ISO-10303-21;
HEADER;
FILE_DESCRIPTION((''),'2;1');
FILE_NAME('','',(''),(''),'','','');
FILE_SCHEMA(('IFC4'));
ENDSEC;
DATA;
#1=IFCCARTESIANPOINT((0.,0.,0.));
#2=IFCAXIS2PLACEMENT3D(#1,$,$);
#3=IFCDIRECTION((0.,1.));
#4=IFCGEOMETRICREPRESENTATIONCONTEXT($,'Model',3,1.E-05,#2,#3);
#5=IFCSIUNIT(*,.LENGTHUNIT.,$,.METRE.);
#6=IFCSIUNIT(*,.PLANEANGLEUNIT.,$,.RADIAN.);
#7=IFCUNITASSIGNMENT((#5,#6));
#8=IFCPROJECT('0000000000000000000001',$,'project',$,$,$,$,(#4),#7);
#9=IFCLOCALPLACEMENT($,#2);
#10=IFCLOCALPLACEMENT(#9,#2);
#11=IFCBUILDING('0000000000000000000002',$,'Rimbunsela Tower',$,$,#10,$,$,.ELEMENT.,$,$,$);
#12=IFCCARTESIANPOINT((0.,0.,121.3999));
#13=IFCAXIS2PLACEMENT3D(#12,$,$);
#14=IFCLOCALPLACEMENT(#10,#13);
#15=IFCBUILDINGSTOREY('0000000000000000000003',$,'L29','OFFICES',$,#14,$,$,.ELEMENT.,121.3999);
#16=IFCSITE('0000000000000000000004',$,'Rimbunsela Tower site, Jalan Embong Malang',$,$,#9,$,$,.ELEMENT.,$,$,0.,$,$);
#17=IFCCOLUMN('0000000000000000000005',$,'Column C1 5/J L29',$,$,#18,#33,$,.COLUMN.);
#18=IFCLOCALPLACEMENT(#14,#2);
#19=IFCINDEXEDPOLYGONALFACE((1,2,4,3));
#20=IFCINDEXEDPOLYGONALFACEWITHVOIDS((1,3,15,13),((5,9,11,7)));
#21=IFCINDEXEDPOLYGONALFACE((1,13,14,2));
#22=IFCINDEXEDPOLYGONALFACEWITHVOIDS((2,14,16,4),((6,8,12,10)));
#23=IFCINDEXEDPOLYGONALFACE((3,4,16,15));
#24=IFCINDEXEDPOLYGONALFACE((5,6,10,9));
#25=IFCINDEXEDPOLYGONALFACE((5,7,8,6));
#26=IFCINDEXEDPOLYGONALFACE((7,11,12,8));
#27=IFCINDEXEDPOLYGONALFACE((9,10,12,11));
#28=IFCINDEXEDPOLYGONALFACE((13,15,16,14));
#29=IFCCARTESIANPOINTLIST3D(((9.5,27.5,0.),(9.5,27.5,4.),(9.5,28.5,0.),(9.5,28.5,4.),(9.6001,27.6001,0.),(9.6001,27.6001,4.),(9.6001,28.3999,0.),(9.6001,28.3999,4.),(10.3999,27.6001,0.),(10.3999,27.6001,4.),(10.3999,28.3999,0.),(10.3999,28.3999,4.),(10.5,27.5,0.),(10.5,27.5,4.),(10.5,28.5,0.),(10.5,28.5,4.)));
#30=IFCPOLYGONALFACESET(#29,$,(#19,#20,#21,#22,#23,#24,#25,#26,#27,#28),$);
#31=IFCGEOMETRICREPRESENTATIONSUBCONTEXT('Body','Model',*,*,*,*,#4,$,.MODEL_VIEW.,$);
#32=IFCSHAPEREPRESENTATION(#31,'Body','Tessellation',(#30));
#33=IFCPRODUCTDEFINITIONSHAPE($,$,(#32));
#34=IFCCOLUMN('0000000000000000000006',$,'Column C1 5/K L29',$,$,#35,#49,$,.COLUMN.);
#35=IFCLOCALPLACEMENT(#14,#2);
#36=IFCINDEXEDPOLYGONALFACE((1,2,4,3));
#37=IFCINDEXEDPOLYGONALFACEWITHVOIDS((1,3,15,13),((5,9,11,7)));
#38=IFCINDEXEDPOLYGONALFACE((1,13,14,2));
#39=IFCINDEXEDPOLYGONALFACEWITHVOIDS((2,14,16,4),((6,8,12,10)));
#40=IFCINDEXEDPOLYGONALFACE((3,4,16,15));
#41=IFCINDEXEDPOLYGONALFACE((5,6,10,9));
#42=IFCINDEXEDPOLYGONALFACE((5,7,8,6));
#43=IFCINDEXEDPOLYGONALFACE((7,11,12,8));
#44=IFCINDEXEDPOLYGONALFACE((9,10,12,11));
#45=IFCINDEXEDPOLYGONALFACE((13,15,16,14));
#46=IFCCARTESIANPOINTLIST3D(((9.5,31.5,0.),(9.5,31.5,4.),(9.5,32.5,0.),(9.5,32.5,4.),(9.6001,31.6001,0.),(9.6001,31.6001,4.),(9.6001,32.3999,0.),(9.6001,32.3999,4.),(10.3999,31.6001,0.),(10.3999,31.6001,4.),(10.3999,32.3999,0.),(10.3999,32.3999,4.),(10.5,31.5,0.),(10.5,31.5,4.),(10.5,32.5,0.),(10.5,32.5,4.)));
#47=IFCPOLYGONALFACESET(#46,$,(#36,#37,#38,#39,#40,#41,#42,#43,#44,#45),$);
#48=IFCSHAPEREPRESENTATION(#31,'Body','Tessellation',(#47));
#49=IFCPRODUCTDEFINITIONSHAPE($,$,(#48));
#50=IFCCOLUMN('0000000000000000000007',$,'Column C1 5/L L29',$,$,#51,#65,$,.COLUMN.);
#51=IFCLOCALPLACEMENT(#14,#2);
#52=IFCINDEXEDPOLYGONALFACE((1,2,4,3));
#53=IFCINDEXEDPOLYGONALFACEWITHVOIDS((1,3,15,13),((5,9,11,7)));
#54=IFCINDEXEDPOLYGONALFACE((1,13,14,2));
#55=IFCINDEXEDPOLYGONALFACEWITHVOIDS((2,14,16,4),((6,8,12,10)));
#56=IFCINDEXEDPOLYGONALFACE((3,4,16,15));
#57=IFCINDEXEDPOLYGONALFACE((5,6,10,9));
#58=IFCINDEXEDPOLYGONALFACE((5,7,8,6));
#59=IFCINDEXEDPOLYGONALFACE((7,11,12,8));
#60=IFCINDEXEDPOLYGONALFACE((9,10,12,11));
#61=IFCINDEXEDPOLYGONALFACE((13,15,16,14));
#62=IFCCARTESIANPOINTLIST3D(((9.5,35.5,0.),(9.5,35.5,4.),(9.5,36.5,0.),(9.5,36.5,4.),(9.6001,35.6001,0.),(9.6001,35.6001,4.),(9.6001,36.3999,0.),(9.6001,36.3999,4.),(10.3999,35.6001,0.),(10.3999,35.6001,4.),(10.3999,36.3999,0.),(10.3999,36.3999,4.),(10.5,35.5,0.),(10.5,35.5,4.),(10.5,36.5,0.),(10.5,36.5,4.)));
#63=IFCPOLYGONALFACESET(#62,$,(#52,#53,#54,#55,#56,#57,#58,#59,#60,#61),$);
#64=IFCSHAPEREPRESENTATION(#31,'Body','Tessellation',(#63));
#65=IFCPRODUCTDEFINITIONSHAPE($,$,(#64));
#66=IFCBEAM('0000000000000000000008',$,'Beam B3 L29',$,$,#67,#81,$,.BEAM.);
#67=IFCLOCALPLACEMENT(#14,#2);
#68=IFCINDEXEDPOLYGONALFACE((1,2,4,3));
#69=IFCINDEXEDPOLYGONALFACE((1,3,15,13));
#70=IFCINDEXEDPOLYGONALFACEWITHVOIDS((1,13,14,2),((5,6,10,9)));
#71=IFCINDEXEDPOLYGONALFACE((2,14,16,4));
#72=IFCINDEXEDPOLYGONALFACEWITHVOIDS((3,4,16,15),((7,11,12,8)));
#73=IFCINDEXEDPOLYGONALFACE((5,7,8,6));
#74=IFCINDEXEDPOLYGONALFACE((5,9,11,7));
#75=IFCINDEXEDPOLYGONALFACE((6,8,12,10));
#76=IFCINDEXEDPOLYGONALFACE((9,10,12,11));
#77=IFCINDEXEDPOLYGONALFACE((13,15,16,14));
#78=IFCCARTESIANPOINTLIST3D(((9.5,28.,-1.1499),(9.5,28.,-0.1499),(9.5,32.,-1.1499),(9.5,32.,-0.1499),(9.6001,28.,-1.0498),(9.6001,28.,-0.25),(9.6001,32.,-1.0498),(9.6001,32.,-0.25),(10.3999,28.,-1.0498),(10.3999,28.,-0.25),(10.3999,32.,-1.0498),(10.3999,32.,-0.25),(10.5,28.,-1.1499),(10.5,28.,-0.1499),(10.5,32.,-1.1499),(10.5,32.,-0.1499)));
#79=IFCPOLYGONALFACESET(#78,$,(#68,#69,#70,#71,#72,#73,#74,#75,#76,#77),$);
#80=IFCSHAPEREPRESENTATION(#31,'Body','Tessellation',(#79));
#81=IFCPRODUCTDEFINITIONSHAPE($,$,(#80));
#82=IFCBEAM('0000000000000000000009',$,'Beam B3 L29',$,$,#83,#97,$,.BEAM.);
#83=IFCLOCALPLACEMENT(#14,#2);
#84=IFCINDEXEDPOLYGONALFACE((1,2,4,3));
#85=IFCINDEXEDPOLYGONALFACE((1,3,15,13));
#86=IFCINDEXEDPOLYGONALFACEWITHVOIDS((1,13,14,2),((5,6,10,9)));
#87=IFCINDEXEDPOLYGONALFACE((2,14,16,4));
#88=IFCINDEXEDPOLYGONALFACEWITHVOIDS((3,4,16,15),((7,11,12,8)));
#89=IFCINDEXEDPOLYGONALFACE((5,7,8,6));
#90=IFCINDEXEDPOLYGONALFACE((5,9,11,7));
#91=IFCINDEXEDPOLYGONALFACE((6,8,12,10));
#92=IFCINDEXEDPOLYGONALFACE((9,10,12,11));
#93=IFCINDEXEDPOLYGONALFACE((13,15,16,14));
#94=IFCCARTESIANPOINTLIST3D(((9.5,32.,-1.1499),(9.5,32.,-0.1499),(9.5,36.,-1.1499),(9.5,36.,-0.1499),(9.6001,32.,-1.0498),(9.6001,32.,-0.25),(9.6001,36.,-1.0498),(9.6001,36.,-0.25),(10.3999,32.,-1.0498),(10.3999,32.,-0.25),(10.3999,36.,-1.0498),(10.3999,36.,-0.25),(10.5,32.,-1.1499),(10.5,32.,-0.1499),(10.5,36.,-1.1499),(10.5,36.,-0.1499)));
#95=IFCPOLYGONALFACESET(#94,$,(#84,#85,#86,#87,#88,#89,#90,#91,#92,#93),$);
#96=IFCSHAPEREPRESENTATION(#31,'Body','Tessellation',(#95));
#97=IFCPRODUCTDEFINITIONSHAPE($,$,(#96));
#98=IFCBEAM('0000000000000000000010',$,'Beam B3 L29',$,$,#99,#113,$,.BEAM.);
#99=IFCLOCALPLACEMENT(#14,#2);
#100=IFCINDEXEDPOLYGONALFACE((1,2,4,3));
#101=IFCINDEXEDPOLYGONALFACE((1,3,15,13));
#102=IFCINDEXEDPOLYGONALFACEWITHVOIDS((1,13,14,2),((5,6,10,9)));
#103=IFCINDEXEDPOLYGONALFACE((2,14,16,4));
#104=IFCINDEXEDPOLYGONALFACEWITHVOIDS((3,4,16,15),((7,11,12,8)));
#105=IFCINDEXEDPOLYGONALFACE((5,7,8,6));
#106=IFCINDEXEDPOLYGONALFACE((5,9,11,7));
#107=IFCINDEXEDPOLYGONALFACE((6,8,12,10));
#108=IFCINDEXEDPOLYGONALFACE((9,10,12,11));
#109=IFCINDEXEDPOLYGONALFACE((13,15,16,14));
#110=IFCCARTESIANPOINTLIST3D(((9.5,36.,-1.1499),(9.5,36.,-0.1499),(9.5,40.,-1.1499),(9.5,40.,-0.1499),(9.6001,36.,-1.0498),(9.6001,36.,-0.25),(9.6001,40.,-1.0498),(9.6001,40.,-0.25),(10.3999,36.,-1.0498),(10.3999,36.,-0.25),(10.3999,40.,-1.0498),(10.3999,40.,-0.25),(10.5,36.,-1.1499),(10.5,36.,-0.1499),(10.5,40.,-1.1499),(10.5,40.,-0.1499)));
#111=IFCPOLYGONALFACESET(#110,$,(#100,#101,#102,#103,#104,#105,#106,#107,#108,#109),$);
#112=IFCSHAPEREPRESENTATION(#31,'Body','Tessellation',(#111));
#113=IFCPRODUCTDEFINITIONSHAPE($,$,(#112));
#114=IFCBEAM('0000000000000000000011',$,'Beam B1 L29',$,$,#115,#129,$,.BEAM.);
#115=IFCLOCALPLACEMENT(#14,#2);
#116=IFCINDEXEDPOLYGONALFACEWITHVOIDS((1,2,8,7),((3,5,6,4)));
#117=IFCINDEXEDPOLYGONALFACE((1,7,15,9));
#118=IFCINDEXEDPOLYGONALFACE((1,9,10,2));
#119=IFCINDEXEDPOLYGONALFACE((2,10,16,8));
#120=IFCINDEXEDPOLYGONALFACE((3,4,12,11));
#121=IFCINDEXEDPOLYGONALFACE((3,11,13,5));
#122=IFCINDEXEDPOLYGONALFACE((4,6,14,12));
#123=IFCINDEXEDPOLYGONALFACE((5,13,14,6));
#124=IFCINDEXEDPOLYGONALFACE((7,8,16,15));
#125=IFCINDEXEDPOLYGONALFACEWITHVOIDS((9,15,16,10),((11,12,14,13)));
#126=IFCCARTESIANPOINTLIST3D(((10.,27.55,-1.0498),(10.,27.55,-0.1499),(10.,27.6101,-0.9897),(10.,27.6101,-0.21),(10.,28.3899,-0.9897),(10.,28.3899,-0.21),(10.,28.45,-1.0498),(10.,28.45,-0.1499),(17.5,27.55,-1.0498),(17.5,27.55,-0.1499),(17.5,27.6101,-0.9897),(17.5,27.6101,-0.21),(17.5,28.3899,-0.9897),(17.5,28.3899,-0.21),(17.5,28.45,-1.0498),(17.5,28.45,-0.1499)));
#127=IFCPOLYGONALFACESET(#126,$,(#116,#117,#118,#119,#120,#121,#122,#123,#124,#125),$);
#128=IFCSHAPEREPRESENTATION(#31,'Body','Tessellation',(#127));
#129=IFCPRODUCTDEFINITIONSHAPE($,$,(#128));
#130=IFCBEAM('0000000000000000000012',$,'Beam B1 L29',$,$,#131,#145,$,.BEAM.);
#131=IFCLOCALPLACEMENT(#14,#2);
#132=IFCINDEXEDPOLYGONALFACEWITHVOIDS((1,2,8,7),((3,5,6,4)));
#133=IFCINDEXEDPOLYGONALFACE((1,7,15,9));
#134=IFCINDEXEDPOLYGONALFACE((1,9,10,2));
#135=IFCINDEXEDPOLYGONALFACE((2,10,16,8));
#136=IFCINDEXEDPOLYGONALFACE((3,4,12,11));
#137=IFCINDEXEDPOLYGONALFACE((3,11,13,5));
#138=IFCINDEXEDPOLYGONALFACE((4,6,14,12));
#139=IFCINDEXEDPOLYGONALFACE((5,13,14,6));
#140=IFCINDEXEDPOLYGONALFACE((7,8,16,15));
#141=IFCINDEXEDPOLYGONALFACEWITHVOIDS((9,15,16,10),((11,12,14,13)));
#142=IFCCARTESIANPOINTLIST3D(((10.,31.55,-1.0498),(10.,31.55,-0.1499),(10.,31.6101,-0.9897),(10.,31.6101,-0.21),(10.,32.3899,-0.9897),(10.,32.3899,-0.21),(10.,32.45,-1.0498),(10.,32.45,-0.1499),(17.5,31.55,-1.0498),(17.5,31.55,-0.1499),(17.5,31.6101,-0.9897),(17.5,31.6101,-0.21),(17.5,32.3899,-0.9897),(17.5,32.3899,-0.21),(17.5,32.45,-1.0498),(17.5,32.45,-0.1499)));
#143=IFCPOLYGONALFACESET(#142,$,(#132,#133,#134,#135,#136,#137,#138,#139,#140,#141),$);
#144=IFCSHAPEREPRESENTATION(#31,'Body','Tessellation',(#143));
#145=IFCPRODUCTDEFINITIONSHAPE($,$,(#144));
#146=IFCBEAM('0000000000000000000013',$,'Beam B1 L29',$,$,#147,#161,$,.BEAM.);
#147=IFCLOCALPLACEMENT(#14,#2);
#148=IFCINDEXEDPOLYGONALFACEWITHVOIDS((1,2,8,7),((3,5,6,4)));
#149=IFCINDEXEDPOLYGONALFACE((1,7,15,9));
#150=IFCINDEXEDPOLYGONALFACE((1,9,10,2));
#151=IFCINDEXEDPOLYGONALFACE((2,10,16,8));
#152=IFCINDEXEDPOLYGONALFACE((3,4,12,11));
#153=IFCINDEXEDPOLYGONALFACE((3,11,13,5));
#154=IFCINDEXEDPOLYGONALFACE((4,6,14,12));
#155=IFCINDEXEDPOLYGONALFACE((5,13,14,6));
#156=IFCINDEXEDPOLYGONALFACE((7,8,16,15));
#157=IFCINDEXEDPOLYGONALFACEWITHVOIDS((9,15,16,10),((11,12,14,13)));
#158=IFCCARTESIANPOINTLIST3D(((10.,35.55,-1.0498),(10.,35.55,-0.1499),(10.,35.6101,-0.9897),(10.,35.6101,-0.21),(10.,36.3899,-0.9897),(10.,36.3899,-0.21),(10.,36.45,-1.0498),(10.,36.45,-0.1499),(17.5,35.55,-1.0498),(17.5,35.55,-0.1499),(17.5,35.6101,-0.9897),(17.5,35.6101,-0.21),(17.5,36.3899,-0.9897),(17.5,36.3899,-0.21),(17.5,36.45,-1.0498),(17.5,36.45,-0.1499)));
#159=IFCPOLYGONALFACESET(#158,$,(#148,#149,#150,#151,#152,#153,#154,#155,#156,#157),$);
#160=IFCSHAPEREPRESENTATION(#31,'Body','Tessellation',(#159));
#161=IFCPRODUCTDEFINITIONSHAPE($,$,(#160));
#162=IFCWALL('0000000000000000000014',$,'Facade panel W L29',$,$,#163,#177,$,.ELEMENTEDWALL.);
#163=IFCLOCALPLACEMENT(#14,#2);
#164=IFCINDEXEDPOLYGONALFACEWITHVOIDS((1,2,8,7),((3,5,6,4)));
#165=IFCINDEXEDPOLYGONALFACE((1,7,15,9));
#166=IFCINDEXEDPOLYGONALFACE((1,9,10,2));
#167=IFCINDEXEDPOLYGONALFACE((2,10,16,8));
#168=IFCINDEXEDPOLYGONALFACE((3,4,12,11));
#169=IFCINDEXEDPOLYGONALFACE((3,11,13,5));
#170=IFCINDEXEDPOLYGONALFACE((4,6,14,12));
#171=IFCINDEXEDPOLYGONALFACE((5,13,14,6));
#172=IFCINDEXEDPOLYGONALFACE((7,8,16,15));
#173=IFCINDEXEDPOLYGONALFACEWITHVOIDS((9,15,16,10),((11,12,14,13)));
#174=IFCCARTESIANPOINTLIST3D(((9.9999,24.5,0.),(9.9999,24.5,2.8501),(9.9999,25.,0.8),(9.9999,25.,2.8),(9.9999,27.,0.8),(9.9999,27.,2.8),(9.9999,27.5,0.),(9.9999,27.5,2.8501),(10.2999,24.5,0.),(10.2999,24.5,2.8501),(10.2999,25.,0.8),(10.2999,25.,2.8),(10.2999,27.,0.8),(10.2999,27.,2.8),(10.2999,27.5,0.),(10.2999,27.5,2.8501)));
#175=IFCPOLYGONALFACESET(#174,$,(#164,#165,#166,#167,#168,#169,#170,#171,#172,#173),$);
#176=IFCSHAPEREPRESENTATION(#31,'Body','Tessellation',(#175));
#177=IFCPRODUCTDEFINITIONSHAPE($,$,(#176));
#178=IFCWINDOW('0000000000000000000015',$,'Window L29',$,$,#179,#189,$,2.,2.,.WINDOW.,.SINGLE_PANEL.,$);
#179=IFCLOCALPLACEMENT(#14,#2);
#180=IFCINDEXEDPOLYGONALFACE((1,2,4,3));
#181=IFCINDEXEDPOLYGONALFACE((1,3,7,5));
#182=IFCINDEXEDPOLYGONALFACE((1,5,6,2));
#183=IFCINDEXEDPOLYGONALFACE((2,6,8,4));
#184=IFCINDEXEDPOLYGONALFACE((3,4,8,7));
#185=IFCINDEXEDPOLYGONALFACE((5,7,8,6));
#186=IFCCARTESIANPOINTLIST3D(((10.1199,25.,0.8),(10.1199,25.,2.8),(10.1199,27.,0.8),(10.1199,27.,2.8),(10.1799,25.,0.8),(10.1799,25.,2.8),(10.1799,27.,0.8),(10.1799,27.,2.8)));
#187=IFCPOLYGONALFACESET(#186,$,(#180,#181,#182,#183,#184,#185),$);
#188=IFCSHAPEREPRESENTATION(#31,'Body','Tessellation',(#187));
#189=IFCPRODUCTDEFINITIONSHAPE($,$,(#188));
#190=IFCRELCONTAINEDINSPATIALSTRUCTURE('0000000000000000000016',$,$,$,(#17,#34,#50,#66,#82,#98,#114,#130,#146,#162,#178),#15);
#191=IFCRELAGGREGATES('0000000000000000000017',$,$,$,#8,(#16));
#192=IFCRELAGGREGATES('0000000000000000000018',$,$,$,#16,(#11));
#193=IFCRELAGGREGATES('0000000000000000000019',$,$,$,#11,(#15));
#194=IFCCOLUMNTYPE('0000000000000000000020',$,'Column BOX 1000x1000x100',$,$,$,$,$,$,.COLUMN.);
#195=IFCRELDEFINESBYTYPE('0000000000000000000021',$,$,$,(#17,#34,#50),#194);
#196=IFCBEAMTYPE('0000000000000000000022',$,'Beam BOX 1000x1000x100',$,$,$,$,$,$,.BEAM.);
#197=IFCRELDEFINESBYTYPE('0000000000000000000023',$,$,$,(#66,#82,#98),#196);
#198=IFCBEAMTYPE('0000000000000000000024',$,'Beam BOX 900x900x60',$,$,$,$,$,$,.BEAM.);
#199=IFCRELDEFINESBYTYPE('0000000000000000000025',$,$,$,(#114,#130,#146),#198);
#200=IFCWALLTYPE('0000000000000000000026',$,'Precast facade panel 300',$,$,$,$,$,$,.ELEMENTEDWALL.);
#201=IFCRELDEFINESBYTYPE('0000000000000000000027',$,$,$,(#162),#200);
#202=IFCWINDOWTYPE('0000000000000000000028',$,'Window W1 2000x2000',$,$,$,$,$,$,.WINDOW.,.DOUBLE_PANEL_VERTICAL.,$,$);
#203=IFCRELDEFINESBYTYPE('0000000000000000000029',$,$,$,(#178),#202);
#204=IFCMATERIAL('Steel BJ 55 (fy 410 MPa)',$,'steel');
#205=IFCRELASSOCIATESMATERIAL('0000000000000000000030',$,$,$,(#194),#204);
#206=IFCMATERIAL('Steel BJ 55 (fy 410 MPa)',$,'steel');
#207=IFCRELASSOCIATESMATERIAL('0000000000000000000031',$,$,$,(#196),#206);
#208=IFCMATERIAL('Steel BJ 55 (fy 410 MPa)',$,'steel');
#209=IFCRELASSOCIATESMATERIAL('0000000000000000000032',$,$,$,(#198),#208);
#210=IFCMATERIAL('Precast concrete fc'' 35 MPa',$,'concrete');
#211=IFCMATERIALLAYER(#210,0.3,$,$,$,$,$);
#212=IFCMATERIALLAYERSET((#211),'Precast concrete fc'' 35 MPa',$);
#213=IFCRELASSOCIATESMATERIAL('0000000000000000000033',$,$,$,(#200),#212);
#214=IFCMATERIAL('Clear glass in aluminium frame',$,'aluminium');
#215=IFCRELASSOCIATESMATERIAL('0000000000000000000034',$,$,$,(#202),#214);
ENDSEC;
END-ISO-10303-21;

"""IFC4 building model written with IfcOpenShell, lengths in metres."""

from ifc_helpers import new_model, si_unit, direction, frame, frame_2d, origin, origin_2d, place, context, subcontext, project, spatial, rectangle, hollow_rectangle, extrude, material, layer, layer_set, material_profile, profile_set, type_object, element, fill, save


model = new_model("IFC4")

# Units and contexts
model_context = context("Model", 3, precision=1e-05, world=origin(), true_north=direction((0.0, 1.0)))
body_context = subcontext(model_context, "Body", "Model", "MODEL_VIEW")
ifc_project = project(units=[si_unit("LENGTHUNIT", "METRE"), si_unit("PLANEANGLEUNIT", "RADIAN")], contexts=[model_context])

# Site, building, storey
site_placement = place(None, origin())
site = spatial("IfcSite", under=ifc_project, at=site_placement, Name="Rimbunsela Tower site, Jalan Embong Malang", CompositionType="ELEMENT", RefElevation=0.0)
building_placement = place(site_placement, origin())
building = spatial("IfcBuilding", under=site, at=building_placement, Name="Rimbunsela Tower", CompositionType="ELEMENT")
storey_placement = place(building_placement, frame((0.0, 0.0, 121.3999)))
storey = spatial("IfcBuildingStorey", under=building, at=storey_placement, Name="L29", Description="OFFICES", CompositionType="ELEMENT", Elevation=121.3999)

# Columns
ifc_material_1 = material(Name="Steel BJ 55 (fy 410 MPa)", Category="steel")
ifc_material_profile_1 = material_profile(ifc_material_1, hollow_rectangle(XDim=1.0, YDim=1.0, WallThickness=0.1001, at=origin_2d()), Name="BOX 1000x1000x100")
ifc_profile_set_1 = profile_set([ifc_material_profile_1], Name="Steel BJ 55 (fy 410 MPa)")
column_type = type_object("IfcColumnType", Name="Column BOX 1000x1000x100", PredefinedType="COLUMN", material=ifc_profile_set_1)
for number, where, z_axis, x_axis, name in (
    (1, (10.0, 28.0, 0.0), (0.0, 0.0, 1.0), (1.0, 0.0, 0.0), "Column C1 5/J L29"),
    (2, (10.0, 32.0, 0.0), (0.0, 0.0, 1.0), (1.0, 0.0, 0.0), "Column C1 5/K L29"),
    (3, (10.0, 36.0, 0.0), (0.0, 0.0, 1.0), (1.0, 0.0, 0.0), "Column C1 5/L L29"),
):
    element("IfcColumn", number, at=place(storey_placement, frame(where, z_axis=z_axis, x_axis=x_axis)), inside=storey, type_object=column_type, Name=name, PredefinedType="COLUMN", context=body_context, shape_type="SweptSolid", body=[
        extrude(hollow_rectangle(XDim=1.0, YDim=1.0, WallThickness=0.1001, at=origin_2d()), origin(), (0.0, 0.0, 1.0), 4.0),
    ])

# Beams
ifc_material_2 = material(Name="Steel BJ 55 (fy 410 MPa)", Category="steel")
ifc_material_profile_2 = material_profile(ifc_material_2, hollow_rectangle(XDim=1.0, YDim=1.0, WallThickness=0.1001, at=origin_2d()), Name="BOX 1000x1000x100")
ifc_profile_set_2 = profile_set([ifc_material_profile_2], Name="Steel BJ 55 (fy 410 MPa)")
beam_type_1 = type_object("IfcBeamType", Name="Beam BOX 1000x1000x100", PredefinedType="BEAM", material=ifc_profile_set_2)
for number, where, z_axis, x_axis, name in (
    (4, (10.0, 28.0, -0.6499), (0.0, 1.0, 0.0), (-1.0, 0.0, 0.0), "Beam B3 L29"),
    (5, (10.0, 32.0, -0.6499), (0.0, 1.0, 0.0), (-1.0, 0.0, 0.0), "Beam B3 L29"),
    (6, (10.0, 36.0, -0.6499), (0.0, 1.0, 0.0), (-1.0, 0.0, 0.0), "Beam B3 L29"),
):
    element("IfcBeam", number, at=place(storey_placement, frame(where, z_axis=z_axis, x_axis=x_axis)), inside=storey, type_object=beam_type_1, Name=name, PredefinedType="BEAM", context=body_context, shape_type="SweptSolid", body=[
        extrude(hollow_rectangle(XDim=1.0, YDim=1.0, WallThickness=0.1001, at=origin_2d()), origin(), (0.0, 0.0, 1.0), 4.0),
    ])
ifc_material_3 = material(Name="Steel BJ 55 (fy 410 MPa)", Category="steel")
ifc_material_profile_3 = material_profile(ifc_material_3, hollow_rectangle(XDim=0.8999, YDim=0.8999, WallThickness=0.0601, at=origin_2d()), Name="BOX 900x900x60")
ifc_profile_set_3 = profile_set([ifc_material_profile_3], Name="Steel BJ 55 (fy 410 MPa)")
beam_type_2 = type_object("IfcBeamType", Name="Beam BOX 900x900x60", PredefinedType="BEAM", material=ifc_profile_set_3)
for number, where, z_axis, x_axis, name in (
    (7, (10.0, 28.0, -0.5999), (1.0, 0.0, 0.0), (0.0, 1.0, 0.0), "Beam B1 L29"),
    (8, (10.0, 32.0, -0.5999), (1.0, 0.0, 0.0), (0.0, 1.0, 0.0), "Beam B1 L29"),
    (9, (10.0, 36.0, -0.5999), (1.0, 0.0, 0.0), (0.0, 1.0, 0.0), "Beam B1 L29"),
):
    element("IfcBeam", number, at=place(storey_placement, frame(where, z_axis=z_axis, x_axis=x_axis)), inside=storey, type_object=beam_type_2, Name=name, PredefinedType="BEAM", context=body_context, shape_type="SweptSolid", body=[
        extrude(hollow_rectangle(XDim=0.8999, YDim=0.8999, WallThickness=0.0601, at=origin_2d()), origin(), (0.0, 0.0, 1.0), 7.5),
    ])

# Wall, opening, window
ifc_material_4 = material(Name="Precast concrete fc' 35 MPa", Category="concrete")
ifc_layer_1 = layer(ifc_material_4, 0.3)
ifc_layer_set_1 = layer_set([ifc_layer_1], Name="Precast concrete fc' 35 MPa")
wall_type = type_object("IfcWallType", Name="Precast facade panel 300", PredefinedType="ELEMENTEDWALL", material=ifc_layer_set_1)
wall_placement = place(storey_placement, frame((10.1499, 27.5, 0.0), z_axis=(0.0, 0.0, 1.0), x_axis=(0.0, -1.0, 0.0)))
wall = element("IfcWall", 10, at=wall_placement, inside=storey, type_object=wall_type, Name="Facade panel W L29", PredefinedType="ELEMENTEDWALL", context=body_context, shape_type="SweptSolid", body=[
    extrude(rectangle(XDim=3.0, YDim=0.3, at=frame_2d((1.5, 0.0))), origin(), (0.0, 0.0, 1.0), 2.8501),
])
opening_placement = place(wall_placement, frame((0.5, 0.0, 0.8)))
opening = element("IfcOpeningElement", 11, at=opening_placement, cuts=wall, PredefinedType="OPENING", context=body_context, shape_type="SweptSolid", body=[
    extrude(rectangle(XDim=2.0, YDim=2.0, at=frame_2d((1.0, 1.0))), frame((0.0, 0.1599, 0.0), z_axis=(0.0, -1.0, 0.0), x_axis=(1.0, 0.0, 0.0)), (0.0, 0.0, 1.0), 0.3201),
])
ifc_material_5 = material(Name="Clear glass in aluminium frame", Category="aluminium")
window_type = type_object("IfcWindowType", Name="Window W1 2000x2000", PartitioningType="DOUBLE_PANEL_VERTICAL", PredefinedType="WINDOW", material=ifc_material_5)
window_placement = place(opening_placement, origin())
window = element("IfcWindow", 12, at=window_placement, inside=storey, type_object=window_type, Name="Window L29", OverallHeight=2.0, OverallWidth=2.0, PartitioningType="SINGLE_PANEL", PredefinedType="WINDOW", context=body_context, shape_type="SweptSolid", body=[
    extrude(rectangle(XDim=2.0, YDim=2.0, at=frame_2d((1.0, 1.0))), frame((0.0, 0.03, 0.0), z_axis=(0.0, -1.0, 0.0), x_axis=(1.0, 0.0, 0.0)), (0.0, 0.0, 1.0), 0.0601),
])
fill(opening, window)

save(model, "model.ifc")
